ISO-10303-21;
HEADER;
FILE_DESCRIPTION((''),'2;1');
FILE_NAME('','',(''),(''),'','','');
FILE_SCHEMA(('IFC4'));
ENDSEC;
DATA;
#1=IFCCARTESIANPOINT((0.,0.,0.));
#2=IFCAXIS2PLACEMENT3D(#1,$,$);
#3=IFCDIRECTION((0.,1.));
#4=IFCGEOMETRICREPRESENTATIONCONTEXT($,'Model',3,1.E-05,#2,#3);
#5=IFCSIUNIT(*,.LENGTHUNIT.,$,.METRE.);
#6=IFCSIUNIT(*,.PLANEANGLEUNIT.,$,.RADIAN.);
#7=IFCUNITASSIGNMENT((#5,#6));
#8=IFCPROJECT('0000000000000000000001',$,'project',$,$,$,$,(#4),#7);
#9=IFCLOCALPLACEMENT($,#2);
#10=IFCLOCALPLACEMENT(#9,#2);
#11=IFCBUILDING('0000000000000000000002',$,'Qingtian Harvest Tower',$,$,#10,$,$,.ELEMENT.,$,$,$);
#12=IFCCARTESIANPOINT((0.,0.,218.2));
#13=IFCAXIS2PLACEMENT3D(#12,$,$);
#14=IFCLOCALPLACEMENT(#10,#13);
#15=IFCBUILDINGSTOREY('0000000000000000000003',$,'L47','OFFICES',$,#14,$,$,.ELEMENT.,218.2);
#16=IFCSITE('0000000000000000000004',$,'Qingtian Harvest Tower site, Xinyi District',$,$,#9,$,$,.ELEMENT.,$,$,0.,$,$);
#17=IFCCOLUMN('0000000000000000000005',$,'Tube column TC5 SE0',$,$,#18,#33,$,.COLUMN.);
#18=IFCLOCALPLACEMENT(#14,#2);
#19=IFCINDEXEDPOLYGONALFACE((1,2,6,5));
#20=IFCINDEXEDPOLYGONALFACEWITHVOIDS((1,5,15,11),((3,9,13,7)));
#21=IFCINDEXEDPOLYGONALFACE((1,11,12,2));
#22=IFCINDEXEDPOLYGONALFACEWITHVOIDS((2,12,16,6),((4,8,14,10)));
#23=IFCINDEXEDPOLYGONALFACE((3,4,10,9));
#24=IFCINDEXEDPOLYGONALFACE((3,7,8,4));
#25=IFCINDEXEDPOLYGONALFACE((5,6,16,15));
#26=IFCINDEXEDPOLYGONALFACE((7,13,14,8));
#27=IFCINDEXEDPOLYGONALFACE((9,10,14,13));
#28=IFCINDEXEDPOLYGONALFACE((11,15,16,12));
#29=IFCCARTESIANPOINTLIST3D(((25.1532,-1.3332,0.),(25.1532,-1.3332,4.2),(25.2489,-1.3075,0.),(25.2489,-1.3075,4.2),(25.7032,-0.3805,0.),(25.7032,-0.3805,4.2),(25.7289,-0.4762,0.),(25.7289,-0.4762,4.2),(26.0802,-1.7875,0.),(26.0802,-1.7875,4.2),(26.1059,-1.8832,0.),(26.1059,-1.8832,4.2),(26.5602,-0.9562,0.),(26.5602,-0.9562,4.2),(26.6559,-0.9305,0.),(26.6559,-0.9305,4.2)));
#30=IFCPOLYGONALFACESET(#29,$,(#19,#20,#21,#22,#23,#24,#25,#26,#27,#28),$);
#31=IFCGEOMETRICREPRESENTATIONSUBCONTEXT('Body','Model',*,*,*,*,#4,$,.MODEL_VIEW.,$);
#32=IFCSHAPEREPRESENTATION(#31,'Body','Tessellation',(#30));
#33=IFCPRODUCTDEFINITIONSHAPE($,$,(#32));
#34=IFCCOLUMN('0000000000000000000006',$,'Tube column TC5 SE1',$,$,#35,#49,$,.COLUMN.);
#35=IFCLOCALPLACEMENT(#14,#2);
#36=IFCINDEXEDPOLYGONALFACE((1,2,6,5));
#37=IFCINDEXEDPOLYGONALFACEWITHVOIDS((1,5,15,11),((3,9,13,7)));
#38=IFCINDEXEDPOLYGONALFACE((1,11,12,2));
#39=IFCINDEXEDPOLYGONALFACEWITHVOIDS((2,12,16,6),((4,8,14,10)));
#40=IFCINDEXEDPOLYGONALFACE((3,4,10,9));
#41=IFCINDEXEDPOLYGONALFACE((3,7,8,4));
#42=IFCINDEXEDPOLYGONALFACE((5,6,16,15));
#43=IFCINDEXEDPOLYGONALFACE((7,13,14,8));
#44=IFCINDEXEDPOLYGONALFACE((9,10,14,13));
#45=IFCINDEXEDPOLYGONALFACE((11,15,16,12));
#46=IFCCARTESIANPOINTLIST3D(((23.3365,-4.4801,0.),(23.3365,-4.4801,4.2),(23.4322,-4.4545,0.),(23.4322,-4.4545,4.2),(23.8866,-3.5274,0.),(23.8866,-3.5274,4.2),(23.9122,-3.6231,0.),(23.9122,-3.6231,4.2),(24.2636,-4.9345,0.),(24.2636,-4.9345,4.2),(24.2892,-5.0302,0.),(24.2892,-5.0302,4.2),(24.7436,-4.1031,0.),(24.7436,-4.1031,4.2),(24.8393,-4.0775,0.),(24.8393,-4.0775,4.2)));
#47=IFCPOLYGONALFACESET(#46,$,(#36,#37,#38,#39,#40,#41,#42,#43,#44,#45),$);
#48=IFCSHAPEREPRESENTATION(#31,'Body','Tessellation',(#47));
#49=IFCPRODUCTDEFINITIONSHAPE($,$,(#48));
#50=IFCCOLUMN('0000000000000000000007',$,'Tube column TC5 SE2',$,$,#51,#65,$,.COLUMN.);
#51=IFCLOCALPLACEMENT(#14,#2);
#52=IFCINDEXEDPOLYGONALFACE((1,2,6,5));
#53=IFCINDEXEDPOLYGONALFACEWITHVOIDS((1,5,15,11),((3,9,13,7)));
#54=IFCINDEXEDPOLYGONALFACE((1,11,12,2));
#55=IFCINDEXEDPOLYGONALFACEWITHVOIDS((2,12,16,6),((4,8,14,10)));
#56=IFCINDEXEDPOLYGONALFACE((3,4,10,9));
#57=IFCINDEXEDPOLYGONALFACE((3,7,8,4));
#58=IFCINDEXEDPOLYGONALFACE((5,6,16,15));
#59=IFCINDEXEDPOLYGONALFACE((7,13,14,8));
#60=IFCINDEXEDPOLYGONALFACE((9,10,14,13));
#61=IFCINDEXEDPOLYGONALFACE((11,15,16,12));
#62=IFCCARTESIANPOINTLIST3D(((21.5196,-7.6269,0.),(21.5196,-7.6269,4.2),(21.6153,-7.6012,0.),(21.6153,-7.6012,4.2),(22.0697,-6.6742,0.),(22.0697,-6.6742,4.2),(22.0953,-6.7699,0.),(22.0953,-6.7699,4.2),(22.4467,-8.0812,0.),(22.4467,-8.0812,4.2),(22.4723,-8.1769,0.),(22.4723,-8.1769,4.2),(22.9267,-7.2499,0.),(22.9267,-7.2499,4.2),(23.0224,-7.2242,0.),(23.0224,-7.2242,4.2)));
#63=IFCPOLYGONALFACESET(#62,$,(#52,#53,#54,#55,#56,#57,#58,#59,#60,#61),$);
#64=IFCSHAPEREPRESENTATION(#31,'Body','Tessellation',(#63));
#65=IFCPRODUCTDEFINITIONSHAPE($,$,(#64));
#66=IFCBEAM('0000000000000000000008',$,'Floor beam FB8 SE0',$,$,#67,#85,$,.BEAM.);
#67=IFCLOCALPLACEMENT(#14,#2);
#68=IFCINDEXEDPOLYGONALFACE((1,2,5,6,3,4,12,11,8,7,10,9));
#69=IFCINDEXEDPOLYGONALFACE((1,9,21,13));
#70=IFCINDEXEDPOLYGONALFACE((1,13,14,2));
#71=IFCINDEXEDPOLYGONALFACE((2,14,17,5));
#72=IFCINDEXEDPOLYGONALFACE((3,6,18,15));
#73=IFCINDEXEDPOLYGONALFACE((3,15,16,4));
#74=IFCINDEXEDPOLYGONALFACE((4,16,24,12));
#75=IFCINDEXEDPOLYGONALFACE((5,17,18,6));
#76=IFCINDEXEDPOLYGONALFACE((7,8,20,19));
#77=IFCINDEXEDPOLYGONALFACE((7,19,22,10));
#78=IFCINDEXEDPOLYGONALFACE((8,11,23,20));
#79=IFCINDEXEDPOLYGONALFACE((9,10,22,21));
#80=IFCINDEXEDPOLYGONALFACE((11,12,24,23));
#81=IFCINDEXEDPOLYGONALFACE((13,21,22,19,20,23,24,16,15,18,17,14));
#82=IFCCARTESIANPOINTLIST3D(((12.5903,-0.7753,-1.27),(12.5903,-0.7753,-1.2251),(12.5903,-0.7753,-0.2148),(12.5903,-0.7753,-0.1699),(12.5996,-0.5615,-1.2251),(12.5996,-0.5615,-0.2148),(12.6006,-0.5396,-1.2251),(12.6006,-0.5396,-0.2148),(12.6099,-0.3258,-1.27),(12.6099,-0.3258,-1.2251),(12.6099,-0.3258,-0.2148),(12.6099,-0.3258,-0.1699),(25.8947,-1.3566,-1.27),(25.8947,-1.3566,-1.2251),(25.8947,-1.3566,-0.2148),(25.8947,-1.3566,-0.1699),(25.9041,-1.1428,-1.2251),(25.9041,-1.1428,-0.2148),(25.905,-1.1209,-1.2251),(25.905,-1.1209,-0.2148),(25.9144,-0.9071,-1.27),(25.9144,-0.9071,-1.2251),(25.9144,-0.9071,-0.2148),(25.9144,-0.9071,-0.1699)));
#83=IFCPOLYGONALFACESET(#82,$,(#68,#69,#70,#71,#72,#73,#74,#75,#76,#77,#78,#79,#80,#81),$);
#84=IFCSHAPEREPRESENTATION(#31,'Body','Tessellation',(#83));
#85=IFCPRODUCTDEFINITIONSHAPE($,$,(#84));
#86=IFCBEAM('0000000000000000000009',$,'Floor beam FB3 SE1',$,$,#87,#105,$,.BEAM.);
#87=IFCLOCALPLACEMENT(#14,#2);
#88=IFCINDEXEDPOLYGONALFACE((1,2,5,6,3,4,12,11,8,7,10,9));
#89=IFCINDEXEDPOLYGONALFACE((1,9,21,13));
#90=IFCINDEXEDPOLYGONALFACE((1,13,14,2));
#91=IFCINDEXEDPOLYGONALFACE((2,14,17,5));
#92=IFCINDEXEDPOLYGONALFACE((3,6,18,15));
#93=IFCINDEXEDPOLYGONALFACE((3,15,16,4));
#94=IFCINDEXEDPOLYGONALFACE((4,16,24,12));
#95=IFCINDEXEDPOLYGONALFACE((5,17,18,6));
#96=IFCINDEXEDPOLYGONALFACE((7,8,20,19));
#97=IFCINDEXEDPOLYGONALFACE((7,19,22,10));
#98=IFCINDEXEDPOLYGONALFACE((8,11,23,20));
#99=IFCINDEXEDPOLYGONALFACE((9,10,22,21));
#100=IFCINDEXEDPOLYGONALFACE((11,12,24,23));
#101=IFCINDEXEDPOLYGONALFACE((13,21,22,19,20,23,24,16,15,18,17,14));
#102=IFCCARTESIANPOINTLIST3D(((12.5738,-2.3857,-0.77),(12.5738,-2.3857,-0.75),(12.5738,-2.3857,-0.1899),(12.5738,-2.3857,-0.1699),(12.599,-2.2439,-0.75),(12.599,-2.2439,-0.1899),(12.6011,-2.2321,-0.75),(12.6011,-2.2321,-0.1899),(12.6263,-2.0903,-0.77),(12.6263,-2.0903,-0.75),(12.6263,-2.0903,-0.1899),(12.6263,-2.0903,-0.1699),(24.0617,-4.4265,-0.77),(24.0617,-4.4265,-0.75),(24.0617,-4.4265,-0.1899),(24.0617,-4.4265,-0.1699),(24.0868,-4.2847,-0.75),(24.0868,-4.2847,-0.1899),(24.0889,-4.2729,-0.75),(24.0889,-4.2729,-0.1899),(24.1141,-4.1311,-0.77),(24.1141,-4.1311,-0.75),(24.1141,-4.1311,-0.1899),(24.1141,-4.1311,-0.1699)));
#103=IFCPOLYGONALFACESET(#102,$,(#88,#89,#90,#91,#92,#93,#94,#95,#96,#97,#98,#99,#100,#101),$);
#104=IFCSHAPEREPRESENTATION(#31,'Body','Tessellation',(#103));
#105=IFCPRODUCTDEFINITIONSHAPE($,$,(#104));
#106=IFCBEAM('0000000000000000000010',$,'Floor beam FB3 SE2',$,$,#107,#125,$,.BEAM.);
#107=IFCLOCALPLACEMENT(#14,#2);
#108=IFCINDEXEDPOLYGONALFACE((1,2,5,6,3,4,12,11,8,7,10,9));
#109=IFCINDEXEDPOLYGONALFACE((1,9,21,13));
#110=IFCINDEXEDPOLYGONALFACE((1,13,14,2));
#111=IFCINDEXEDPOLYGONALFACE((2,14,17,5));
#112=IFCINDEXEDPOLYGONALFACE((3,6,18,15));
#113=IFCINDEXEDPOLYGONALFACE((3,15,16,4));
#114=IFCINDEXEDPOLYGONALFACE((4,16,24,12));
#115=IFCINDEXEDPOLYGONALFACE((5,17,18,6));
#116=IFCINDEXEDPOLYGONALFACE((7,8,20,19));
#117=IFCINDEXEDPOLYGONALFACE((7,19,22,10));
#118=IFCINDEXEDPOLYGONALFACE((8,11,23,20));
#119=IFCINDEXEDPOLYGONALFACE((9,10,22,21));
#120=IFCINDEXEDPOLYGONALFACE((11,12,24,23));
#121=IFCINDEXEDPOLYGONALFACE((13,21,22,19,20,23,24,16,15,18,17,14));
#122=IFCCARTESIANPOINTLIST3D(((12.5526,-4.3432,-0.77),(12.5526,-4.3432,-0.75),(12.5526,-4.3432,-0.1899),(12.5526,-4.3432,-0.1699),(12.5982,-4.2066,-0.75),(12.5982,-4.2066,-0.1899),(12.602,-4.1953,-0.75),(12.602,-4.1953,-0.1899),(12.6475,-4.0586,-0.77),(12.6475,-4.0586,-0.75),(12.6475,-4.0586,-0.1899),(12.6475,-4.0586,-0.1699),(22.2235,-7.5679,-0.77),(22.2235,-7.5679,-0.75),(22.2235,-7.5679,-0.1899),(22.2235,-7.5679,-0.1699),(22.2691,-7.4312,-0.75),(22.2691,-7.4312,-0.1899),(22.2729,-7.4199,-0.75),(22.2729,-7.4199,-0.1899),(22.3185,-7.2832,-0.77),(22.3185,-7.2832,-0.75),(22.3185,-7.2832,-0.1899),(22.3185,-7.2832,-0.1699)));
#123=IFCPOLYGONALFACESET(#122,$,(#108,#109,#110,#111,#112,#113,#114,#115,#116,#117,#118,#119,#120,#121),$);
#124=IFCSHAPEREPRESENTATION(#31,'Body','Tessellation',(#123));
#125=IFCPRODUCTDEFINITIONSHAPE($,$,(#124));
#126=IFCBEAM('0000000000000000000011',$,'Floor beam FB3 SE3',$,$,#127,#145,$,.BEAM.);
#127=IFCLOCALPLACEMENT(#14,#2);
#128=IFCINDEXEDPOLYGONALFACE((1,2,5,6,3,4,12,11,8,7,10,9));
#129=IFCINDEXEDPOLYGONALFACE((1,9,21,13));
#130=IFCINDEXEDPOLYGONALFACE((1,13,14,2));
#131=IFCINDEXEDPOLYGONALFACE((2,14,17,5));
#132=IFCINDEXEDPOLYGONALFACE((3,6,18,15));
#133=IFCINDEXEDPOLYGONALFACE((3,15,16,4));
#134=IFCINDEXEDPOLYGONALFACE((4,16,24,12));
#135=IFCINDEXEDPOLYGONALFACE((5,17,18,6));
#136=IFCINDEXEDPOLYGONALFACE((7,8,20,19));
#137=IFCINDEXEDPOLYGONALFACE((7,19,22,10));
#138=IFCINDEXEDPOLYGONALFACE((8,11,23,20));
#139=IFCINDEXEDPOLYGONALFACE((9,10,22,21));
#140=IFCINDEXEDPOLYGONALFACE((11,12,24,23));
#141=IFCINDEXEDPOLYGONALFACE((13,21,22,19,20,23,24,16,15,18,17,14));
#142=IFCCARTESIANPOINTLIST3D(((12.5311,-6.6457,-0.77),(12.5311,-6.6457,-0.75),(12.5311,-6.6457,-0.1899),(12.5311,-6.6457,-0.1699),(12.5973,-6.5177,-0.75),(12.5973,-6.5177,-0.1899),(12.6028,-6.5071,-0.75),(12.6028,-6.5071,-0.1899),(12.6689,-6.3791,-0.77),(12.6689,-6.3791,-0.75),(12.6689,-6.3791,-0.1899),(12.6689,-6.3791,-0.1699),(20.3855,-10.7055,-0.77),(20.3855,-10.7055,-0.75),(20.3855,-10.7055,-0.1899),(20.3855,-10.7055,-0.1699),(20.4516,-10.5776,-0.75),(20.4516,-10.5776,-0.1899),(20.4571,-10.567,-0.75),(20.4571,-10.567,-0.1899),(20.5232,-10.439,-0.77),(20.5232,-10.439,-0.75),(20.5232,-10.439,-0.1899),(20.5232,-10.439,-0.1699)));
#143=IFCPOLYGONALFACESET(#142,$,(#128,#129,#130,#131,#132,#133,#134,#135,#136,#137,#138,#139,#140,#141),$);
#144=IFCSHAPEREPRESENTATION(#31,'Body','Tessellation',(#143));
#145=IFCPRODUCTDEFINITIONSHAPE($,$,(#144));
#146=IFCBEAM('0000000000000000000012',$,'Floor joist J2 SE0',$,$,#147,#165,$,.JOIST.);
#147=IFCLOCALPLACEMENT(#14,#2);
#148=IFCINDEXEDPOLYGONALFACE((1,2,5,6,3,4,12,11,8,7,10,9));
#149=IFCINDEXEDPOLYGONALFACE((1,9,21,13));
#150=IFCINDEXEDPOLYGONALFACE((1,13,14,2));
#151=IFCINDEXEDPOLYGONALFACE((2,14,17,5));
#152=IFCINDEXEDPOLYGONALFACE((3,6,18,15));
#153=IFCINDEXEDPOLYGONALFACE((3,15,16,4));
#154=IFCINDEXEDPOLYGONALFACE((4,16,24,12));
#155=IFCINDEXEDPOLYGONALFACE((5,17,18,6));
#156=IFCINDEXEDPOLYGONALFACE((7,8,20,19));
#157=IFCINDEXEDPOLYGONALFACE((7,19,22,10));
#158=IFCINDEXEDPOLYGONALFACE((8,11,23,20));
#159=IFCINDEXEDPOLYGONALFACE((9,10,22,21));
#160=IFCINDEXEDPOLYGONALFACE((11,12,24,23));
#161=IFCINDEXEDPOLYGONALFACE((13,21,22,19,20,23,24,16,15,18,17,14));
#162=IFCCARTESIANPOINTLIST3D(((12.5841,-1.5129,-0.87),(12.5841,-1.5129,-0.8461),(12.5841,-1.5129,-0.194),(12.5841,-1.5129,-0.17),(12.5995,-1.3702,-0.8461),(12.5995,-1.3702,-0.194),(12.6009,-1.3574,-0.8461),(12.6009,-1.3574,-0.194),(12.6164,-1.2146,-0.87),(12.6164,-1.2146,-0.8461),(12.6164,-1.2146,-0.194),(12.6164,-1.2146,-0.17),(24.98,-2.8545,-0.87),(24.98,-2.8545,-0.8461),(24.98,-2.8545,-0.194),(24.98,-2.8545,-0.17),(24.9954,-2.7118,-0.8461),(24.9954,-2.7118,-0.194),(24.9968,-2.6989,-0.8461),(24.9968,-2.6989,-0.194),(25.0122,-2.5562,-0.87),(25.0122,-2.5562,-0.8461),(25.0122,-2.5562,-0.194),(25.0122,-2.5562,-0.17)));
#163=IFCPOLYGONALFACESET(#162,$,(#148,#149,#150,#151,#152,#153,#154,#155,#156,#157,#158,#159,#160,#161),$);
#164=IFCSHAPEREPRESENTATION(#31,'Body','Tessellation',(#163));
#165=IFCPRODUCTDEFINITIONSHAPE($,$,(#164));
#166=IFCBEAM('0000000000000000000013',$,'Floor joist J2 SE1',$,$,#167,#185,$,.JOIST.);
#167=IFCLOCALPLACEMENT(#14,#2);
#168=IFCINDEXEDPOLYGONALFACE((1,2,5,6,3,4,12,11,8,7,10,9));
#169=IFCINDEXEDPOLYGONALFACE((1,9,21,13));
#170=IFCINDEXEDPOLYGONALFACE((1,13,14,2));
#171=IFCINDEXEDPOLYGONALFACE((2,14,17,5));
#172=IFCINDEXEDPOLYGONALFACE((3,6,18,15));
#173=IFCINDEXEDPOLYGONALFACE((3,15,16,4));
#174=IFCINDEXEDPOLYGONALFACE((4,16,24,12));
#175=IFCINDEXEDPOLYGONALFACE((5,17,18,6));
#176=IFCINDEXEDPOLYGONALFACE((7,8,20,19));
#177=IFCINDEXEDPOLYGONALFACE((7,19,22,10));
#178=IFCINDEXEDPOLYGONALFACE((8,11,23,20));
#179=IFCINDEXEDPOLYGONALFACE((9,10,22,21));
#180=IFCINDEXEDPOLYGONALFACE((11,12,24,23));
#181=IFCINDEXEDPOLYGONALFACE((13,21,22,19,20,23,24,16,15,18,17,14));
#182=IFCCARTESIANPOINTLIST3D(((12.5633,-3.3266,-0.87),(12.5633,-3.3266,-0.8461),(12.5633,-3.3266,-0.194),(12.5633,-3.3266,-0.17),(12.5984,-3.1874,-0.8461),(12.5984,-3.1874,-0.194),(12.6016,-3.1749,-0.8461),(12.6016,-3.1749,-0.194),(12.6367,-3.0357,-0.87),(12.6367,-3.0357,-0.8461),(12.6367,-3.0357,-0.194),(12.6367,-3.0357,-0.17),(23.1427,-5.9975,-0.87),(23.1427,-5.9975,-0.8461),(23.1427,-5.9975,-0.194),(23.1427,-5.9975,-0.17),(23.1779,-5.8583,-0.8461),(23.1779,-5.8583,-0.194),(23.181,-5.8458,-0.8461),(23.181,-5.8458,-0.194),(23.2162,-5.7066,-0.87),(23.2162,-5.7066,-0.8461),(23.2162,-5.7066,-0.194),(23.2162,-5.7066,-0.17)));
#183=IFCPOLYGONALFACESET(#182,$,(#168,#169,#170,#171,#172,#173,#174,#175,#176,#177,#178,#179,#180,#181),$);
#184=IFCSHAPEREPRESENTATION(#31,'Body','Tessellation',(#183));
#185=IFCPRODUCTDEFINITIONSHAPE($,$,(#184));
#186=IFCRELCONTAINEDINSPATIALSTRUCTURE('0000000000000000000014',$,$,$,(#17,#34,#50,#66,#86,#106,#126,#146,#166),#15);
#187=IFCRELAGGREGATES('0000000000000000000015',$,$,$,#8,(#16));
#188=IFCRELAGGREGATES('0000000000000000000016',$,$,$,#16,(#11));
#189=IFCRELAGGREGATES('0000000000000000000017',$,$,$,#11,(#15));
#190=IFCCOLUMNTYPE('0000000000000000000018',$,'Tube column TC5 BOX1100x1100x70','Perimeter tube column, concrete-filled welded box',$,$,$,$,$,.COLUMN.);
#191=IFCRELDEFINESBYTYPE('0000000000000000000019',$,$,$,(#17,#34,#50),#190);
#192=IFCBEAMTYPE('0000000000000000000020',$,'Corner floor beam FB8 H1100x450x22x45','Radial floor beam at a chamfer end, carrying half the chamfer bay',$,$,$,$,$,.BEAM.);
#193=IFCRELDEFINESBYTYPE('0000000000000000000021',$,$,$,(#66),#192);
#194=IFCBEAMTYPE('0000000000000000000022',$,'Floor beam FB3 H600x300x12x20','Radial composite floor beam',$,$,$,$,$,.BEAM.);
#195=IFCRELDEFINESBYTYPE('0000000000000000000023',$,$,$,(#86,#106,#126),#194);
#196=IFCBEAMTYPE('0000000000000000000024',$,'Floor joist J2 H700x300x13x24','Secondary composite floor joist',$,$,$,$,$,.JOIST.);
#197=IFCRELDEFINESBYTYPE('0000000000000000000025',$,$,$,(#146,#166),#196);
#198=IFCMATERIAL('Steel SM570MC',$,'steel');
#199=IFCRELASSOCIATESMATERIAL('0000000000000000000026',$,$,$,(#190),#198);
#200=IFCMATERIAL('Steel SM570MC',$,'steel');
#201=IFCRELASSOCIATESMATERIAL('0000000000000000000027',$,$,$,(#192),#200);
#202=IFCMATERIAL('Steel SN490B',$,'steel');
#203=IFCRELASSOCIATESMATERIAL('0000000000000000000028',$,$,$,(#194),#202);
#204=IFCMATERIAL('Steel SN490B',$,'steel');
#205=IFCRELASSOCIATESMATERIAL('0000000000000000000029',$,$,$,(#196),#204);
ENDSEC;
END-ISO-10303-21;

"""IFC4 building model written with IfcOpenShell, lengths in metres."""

from ifc_helpers import new_model, si_unit, direction, frame, origin, origin_2d, place, context, subcontext, project, spatial, hollow_rectangle, i_section, extrude, material, material_profile, profile_set, type_object, element, save


model = new_model("IFC4")

# Units and contexts
model_context = context("Model", 3, precision=1e-05, world=origin(), true_north=direction((0.0, 1.0)))
body_context = subcontext(model_context, "Body", "Model", "MODEL_VIEW")
ifc_project = project(units=[si_unit("LENGTHUNIT", "METRE"), si_unit("PLANEANGLEUNIT", "RADIAN")], contexts=[model_context])

# Site, building, storey
site_placement = place(None, origin())
site = spatial("IfcSite", under=ifc_project, at=site_placement, Name="Qingtian Harvest Tower site, Xinyi District", CompositionType="ELEMENT", RefElevation=0.0)
building_placement = place(site_placement, origin())
building = spatial("IfcBuilding", under=site, at=building_placement, Name="Qingtian Harvest Tower", CompositionType="ELEMENT")
storey_placement = place(building_placement, frame((0.0, 0.0, 218.2)))
storey = spatial("IfcBuildingStorey", under=building, at=storey_placement, Name="L47", Description="OFFICES", CompositionType="ELEMENT", Elevation=218.2)

# Columns
ifc_material_1 = material(Name="Steel SM570MC", Category="steel")
ifc_material_profile_1 = material_profile(ifc_material_1, hollow_rectangle(XDim=1.1001, YDim=1.1001, WallThickness=0.0701, at=origin_2d()), Name="BOX1100x1100x70")
ifc_profile_set_1 = profile_set([ifc_material_profile_1], Name="Steel SM570MC")
column_type = type_object("IfcColumnType", Name="Tube column TC5 BOX1100x1100x70", Description="Perimeter tube column, concrete-filled welded box", PredefinedType="COLUMN", material=ifc_profile_set_1)
for number, where, z_axis, x_axis, name in (
    (1, (25.9045, -1.1318, 0.0), (0.0, 0.0, 1.0), (0.5, 0.866025, 0.0), "Tube column TC5 SE0"),
    (2, (24.0879, -4.2788, 0.0), (0.0, 0.0, 1.0), (0.5, 0.866025, 0.0), "Tube column TC5 SE1"),
    (3, (22.271, -7.4255, 0.0), (0.0, 0.0, 1.0), (0.5, 0.866025, 0.0), "Tube column TC5 SE2"),
):
    element("IfcColumn", number, at=place(storey_placement, frame(where, z_axis=z_axis, x_axis=x_axis)), inside=storey, type_object=column_type, Name=name, PredefinedType="COLUMN", context=body_context, shape_type="SweptSolid", body=[
        extrude(hollow_rectangle(XDim=1.1001, YDim=1.1001, WallThickness=0.0701, at=origin_2d()), origin(), (0.0, 0.0, 1.0), 4.2),
    ])

# Beams
ifc_material_2 = material(Name="Steel SM570MC", Category="steel")
ifc_material_profile_2 = material_profile(ifc_material_2, i_section(OverallWidth=0.45, OverallDepth=1.1001, WebThickness=0.022, FlangeThickness=0.0449, at=origin_2d()), Name="H1100x450x22x45")
ifc_profile_set_2 = profile_set([ifc_material_profile_2], Name="Steel SM570MC")
beam_type_1 = type_object("IfcBeamType", Name="Corner floor beam FB8 H1100x450x22x45", Description="Radial floor beam at a chamfer end, carrying half the chamfer bay", PredefinedType="BEAM", material=ifc_profile_set_2)
beam_1_placement = place(storey_placement, frame((25.9045, -1.1318, -0.72), z_axis=(-0.999047, 0.04365, 0.0), x_axis=(-0.04365, -0.999047, 0.0)))
element("IfcBeam", 4, at=beam_1_placement, inside=storey, type_object=beam_type_1, Name="Floor beam FB8 SE0", PredefinedType="BEAM", context=body_context, shape_type="SweptSolid", body=[
    extrude(i_section(OverallWidth=0.45, OverallDepth=1.1001, WebThickness=0.022, FlangeThickness=0.0449, at=origin_2d()), origin(), (0.0, 0.0, 1.0), 13.3171),
])
ifc_material_3 = material(Name="Steel SN490B", Category="steel")
ifc_material_profile_3 = material_profile(ifc_material_3, i_section(OverallWidth=0.3, OverallDepth=0.6001, WebThickness=0.012, FlangeThickness=0.02, at=origin_2d()), Name="H600x300x12x20")
ifc_profile_set_3 = profile_set([ifc_material_profile_3], Name="Steel SN490B")
beam_type_2 = type_object("IfcBeamType", Name="Floor beam FB3 H600x300x12x20", Description="Radial composite floor beam", PredefinedType="BEAM", material=ifc_profile_set_3)
beam_2_placement = place(storey_placement, frame((24.0879, -4.2788, -0.47), z_axis=(-0.984585, 0.174908, 0.0), x_axis=(-0.174908, -0.984585, 0.0)))
element("IfcBeam", 5, at=beam_2_placement, inside=storey, type_object=beam_type_2, Name="Floor beam FB3 SE1", PredefinedType="BEAM", context=body_context, shape_type="SweptSolid", body=[
    extrude(i_section(OverallWidth=0.3, OverallDepth=0.6001, WebThickness=0.012, FlangeThickness=0.02, at=origin_2d()), origin(), (0.0, 0.0, 1.0), 11.6677),
])
beam_3_placement = place(storey_placement, frame((22.271, -7.4255, -0.47), z_axis=(-0.948655, 0.316314, 0.0), x_axis=(-0.316314, -0.948655, 0.0)))
element("IfcBeam", 6, at=beam_3_placement, inside=storey, type_object=beam_type_2, Name="Floor beam FB3 SE2", PredefinedType="BEAM", context=body_context, shape_type="SweptSolid", body=[
    extrude(i_section(OverallWidth=0.3, OverallDepth=0.6001, WebThickness=0.012, FlangeThickness=0.02, at=origin_2d()), origin(), (0.0, 0.0, 1.0), 10.1943),
])
beam_4_placement = place(storey_placement, frame((20.4543, -10.5723, -0.47), z_axis=(-0.888344, 0.45918, 0.0), x_axis=(-0.45918, -0.888344, 0.0)))
element("IfcBeam", 7, at=beam_4_placement, inside=storey, type_object=beam_type_2, Name="Floor beam FB3 SE3", PredefinedType="BEAM", context=body_context, shape_type="SweptSolid", body=[
    extrude(i_section(OverallWidth=0.3, OverallDepth=0.6001, WebThickness=0.012, FlangeThickness=0.02, at=origin_2d()), origin(), (0.0, 0.0, 1.0), 8.8416),
])
ifc_material_4 = material(Name="Steel SN490B", Category="steel")
ifc_material_profile_4 = material_profile(ifc_material_4, i_section(OverallWidth=0.3, OverallDepth=0.7, WebThickness=0.0129, FlangeThickness=0.0239, at=origin_2d()), Name="H700x300x13x24")
ifc_profile_set_4 = profile_set([ifc_material_profile_4], Name="Steel SN490B")
beam_type_3 = type_object("IfcBeamType", Name="Floor joist J2 H700x300x13x24", Description="Secondary composite floor joist", PredefinedType="JOIST", material=ifc_profile_set_4)
beam_5_placement = place(storey_placement, frame((24.9961, -2.7053, -0.52), z_axis=(-0.994195, 0.107596, 0.0), x_axis=(-0.107596, -0.994195, 0.0)))
element("IfcBeam", 8, at=beam_5_placement, inside=storey, type_object=beam_type_3, Name="Floor joist J2 SE0", PredefinedType="JOIST", context=body_context, shape_type="SweptSolid", body=[
    extrude(i_section(OverallWidth=0.3, OverallDepth=0.7, WebThickness=0.0129, FlangeThickness=0.0239, at=origin_2d()), origin(), (0.0, 0.0, 1.0), 12.4683),
])
beam_6_placement = place(storey_placement, frame((23.1794, -5.8521, -0.52), z_axis=(-0.969578, 0.244783, 0.0), x_axis=(-0.244783, -0.969578, 0.0)))
element("IfcBeam", 9, at=beam_6_placement, inside=storey, type_object=beam_type_3, Name="Floor joist J2 SE1", PredefinedType="JOIST", context=body_context, shape_type="SweptSolid", body=[
    extrude(i_section(OverallWidth=0.3, OverallDepth=0.7, WebThickness=0.0129, FlangeThickness=0.0239, at=origin_2d()), origin(), (0.0, 0.0, 1.0), 10.9114),
])

save(model, "model.ifc")
